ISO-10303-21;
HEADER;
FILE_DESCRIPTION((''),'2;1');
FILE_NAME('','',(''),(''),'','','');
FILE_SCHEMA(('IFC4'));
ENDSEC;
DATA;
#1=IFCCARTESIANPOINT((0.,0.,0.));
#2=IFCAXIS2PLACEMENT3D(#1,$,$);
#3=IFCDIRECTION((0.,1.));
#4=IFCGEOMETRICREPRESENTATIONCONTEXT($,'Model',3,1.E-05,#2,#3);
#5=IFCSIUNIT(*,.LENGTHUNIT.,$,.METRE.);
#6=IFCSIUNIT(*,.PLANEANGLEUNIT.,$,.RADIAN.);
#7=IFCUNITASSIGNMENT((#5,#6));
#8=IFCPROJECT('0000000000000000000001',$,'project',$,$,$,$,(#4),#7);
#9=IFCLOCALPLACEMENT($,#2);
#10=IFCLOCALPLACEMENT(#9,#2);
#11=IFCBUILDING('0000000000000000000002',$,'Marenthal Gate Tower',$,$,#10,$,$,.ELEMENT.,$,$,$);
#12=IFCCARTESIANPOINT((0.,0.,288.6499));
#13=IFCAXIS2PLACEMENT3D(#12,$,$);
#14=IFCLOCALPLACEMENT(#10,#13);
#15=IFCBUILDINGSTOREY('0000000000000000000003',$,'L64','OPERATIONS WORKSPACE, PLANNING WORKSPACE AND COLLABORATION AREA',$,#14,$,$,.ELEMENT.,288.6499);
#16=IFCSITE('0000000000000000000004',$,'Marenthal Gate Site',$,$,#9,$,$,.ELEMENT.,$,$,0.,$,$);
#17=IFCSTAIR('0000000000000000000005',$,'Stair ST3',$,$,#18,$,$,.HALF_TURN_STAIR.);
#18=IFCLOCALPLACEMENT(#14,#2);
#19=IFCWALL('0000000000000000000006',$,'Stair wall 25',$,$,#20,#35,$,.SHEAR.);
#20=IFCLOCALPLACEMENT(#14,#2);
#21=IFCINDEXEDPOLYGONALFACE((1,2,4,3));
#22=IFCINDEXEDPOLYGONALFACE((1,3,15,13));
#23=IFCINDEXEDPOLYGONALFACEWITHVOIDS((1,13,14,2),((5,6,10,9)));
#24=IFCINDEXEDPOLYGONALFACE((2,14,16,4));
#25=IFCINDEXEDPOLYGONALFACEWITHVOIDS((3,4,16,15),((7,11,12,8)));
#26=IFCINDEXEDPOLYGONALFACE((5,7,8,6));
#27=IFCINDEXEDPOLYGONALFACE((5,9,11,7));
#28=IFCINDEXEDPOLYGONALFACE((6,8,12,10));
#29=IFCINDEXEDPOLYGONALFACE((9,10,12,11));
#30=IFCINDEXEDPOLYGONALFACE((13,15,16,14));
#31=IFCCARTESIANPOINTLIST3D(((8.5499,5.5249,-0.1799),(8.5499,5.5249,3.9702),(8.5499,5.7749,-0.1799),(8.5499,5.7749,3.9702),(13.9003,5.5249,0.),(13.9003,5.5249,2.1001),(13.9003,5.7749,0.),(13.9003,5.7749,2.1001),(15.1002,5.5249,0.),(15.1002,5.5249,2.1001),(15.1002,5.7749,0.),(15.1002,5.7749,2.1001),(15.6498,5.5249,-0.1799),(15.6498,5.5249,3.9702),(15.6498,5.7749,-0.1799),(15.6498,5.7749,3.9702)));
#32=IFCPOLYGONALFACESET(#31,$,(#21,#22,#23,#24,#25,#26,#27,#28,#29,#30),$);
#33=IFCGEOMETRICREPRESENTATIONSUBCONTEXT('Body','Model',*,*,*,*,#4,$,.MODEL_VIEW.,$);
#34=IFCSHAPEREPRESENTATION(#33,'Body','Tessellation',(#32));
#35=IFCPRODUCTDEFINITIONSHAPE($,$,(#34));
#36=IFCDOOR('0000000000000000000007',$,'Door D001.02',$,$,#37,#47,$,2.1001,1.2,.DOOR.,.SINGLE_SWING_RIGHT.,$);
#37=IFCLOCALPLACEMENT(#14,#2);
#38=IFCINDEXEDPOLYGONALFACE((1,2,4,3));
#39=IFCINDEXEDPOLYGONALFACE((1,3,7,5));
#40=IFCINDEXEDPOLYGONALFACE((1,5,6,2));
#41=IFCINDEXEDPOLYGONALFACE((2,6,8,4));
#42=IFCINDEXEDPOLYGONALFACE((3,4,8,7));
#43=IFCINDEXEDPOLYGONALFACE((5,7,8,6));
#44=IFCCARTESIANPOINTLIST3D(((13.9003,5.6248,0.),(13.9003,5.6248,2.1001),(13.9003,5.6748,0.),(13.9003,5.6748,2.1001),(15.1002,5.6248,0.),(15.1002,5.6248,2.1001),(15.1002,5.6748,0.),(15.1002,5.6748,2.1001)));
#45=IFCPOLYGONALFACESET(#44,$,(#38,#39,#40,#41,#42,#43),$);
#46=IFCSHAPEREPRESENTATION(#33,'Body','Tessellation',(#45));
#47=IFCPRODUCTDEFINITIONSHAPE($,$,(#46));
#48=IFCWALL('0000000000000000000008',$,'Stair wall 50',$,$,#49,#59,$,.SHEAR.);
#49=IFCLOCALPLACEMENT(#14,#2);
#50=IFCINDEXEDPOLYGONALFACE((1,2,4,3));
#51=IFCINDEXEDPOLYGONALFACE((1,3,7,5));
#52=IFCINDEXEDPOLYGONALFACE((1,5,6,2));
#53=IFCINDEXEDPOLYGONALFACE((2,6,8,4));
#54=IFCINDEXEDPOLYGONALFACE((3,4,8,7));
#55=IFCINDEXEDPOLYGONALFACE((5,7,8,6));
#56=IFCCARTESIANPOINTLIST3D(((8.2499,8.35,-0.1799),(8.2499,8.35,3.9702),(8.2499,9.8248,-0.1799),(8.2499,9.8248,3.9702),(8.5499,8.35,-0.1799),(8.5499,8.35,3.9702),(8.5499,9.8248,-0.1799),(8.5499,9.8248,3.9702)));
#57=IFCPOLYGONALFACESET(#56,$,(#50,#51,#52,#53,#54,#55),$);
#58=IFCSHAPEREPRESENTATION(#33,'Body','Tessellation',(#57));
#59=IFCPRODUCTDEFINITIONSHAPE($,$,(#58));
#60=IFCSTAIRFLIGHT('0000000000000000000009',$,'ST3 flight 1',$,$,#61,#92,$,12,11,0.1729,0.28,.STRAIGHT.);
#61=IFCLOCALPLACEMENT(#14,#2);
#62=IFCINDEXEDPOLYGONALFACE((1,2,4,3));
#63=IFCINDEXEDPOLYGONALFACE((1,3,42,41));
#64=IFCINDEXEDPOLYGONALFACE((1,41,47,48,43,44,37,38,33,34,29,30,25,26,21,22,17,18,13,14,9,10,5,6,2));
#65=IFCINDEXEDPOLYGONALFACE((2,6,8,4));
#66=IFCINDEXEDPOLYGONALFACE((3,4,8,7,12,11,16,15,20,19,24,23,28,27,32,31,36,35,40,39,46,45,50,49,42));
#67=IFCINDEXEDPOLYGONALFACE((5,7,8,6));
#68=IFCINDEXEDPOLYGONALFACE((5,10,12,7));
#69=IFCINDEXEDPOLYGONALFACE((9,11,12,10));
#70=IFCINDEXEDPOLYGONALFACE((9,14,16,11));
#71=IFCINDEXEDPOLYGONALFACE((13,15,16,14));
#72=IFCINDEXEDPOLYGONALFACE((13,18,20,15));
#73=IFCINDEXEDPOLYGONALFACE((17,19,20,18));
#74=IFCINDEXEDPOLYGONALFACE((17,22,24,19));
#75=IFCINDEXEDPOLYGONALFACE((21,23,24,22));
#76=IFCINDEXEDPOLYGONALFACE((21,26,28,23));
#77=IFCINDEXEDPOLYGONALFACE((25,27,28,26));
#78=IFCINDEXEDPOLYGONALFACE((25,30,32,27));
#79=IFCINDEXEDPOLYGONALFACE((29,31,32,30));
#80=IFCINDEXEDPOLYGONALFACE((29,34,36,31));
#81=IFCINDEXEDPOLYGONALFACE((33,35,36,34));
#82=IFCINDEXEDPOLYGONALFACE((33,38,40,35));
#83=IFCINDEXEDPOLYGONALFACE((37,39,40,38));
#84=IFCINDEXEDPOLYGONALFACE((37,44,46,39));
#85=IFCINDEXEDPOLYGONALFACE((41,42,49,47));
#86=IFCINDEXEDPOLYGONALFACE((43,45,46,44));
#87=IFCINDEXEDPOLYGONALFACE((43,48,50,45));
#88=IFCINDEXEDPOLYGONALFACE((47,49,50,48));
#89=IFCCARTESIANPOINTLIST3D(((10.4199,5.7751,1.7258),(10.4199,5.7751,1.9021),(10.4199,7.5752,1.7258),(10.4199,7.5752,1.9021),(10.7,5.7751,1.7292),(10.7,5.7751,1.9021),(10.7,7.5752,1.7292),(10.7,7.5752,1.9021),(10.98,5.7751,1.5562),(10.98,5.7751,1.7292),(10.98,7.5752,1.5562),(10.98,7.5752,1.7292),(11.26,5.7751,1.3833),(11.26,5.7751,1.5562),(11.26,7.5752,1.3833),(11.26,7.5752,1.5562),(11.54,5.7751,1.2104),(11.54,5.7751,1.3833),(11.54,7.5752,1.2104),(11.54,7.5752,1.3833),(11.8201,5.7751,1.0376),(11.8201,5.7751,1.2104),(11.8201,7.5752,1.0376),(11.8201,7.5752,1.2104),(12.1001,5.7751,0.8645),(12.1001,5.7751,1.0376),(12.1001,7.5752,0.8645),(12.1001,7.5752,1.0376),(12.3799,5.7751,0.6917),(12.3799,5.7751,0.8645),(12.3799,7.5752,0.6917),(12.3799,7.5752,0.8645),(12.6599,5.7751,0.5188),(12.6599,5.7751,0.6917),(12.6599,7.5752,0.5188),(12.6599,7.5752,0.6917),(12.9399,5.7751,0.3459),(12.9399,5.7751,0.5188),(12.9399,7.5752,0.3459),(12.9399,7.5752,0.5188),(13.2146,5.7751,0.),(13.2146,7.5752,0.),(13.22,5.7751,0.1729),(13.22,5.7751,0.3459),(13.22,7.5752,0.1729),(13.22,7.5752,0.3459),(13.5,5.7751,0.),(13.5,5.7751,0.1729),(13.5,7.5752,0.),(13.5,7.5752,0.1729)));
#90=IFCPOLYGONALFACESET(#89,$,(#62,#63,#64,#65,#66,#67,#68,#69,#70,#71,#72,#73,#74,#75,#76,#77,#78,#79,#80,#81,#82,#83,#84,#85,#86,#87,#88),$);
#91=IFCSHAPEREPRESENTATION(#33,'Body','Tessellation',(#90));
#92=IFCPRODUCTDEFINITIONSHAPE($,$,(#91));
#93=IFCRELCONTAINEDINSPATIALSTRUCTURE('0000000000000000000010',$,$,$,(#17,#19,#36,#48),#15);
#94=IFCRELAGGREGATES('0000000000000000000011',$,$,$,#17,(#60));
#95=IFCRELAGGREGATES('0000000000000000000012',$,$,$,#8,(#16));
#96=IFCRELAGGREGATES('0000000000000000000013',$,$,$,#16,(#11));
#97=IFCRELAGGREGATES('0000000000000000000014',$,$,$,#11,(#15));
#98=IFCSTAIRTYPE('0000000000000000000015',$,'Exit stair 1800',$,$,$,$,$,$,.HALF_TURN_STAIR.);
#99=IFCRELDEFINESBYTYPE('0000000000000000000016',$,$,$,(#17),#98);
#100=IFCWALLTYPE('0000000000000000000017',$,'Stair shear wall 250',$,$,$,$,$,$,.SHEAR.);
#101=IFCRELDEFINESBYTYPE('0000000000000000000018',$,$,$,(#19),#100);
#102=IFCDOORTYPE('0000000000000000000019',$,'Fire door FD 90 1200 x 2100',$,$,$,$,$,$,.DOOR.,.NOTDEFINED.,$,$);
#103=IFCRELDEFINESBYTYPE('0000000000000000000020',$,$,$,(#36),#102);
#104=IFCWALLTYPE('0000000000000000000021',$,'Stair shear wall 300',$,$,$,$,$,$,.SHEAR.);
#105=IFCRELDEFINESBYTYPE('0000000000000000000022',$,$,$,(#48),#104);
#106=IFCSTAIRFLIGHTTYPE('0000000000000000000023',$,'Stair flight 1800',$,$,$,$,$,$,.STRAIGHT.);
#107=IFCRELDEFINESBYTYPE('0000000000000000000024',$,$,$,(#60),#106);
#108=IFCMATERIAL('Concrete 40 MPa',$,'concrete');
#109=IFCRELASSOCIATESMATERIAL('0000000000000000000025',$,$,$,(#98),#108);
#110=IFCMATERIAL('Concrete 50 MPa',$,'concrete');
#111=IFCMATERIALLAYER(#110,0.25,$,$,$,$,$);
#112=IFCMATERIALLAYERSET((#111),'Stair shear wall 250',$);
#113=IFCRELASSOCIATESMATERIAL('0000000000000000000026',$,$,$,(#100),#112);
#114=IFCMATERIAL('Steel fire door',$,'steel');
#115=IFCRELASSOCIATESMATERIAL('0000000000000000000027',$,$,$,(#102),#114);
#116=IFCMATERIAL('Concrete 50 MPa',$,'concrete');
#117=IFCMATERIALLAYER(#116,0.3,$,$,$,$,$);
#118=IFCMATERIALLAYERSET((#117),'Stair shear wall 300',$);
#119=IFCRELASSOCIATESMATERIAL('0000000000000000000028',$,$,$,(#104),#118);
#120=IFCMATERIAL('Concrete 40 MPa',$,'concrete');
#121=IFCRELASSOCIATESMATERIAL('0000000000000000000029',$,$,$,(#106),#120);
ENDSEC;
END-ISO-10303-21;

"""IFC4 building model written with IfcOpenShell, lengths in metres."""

from ifc_helpers import new_model, si_unit, direction, frame, frame_2d, origin, place, context, subcontext, project, spatial, polyline, rectangle, outline, extrude, material, layer, layer_set, type_object, element, fill, aggregate, save


model = new_model("IFC4")

# Units and contexts
model_context = context("Model", 3, precision=1e-05, world=origin(), true_north=direction((0.0, 1.0)))
body_context = subcontext(model_context, "Body", "Model", "MODEL_VIEW")
ifc_project = project(units=[si_unit("LENGTHUNIT", "METRE"), si_unit("PLANEANGLEUNIT", "RADIAN")], contexts=[model_context])

# Site, building, storey
site_placement = place(None, origin())
site = spatial("IfcSite", under=ifc_project, at=site_placement, Name="Marenthal Gate Site", CompositionType="ELEMENT", RefElevation=0.0)
building_placement = place(site_placement, origin())
building = spatial("IfcBuilding", under=site, at=building_placement, Name="Marenthal Gate Tower", CompositionType="ELEMENT")
storey_placement = place(building_placement, frame((0.0, 0.0, 288.6499)))
storey = spatial("IfcBuildingStorey", under=building, at=storey_placement, Name="L64", Description="OPERATIONS WORKSPACE, PLANNING WORKSPACE AND COLLABORATION AREA", CompositionType="ELEMENT", Elevation=288.6499)

# Stair
ifc_material_1 = material(Name="Concrete 40 MPa", Category="concrete")
stair_type = type_object("IfcStairType", Name="Exit stair 1800", PredefinedType="HALF_TURN_STAIR", material=ifc_material_1)
stair_1_placement = place(storey_placement, origin())
stair_1 = element("IfcStair", 1, at=stair_1_placement, inside=storey, type_object=stair_type, Name="Stair ST3", PredefinedType="HALF_TURN_STAIR")

# Wall, opening, door
ifc_material_2 = material(Name="Concrete 50 MPa", Category="concrete")
ifc_layer_1 = layer(ifc_material_2, 0.25)
ifc_layer_set_1 = layer_set([ifc_layer_1], Name="Stair shear wall 250")
wall_type_1 = type_object("IfcWallType", Name="Stair shear wall 250", PredefinedType="SHEAR", material=ifc_layer_set_1)
wall_1_placement = place(storey_placement, frame((8.55, 5.6499, -0.1799), z_axis=(0.0, 0.0, 1.0), x_axis=(1.0, 0.0, 0.0)))
wall_1 = element("IfcWall", 2, at=wall_1_placement, inside=storey, type_object=wall_type_1, Name="Stair wall 25", PredefinedType="SHEAR", context=body_context, shape_type="SweptSolid", body=[
    extrude(rectangle(XDim=7.0999, YDim=0.25, at=frame_2d((3.5498, 0.0))), origin(), (0.0, 0.0, 1.0), 4.1501),
])
opening_placement = place(wall_1_placement, frame((5.3501, 0.0, 0.1799)))
opening = element("IfcOpeningElement", 3, at=opening_placement, cuts=wall_1, PredefinedType="OPENING", context=body_context, shape_type="SweptSolid", body=[
    extrude(rectangle(XDim=1.2, YDim=2.1001, at=frame_2d((0.6001, 1.05))), frame((0.0, 0.135, 0.0), z_axis=(0.0, -1.0, 0.0), x_axis=(1.0, 0.0, 0.0)), (0.0, 0.0, 1.0), 0.27),
])
ifc_material_3 = material(Name="Steel fire door", Category="steel")
door_type = type_object("IfcDoorType", Name="Fire door FD 90 1200 x 2100", OperationType="NOTDEFINED", PredefinedType="DOOR", material=ifc_material_3)
door_placement = place(opening_placement, origin())
door = element("IfcDoor", 4, at=door_placement, inside=storey, type_object=door_type, Name="Door D001.02", OperationType="SINGLE_SWING_RIGHT", OverallHeight=2.1001, OverallWidth=1.2, PredefinedType="DOOR", context=body_context, shape_type="SweptSolid", body=[
    extrude(rectangle(XDim=1.2, YDim=2.1001, at=frame_2d((0.6001, 1.05))), frame((0.0, 0.0249, 0.0), z_axis=(0.0, -1.0, 0.0), x_axis=(1.0, 0.0, 0.0)), (0.0, 0.0, 1.0), 0.05),
])
fill(opening, door)

# Wall
ifc_material_4 = material(Name="Concrete 50 MPa", Category="concrete")
ifc_layer_2 = layer(ifc_material_4, 0.3)
ifc_layer_set_2 = layer_set([ifc_layer_2], Name="Stair shear wall 300")
wall_type_2 = type_object("IfcWallType", Name="Stair shear wall 300", PredefinedType="SHEAR", material=ifc_layer_set_2)
wall_2_placement = place(storey_placement, frame((8.3999, 8.3501, -0.1799), z_axis=(0.0, 0.0, 1.0), x_axis=(0.0, 1.0, 0.0)))
element("IfcWall", 5, at=wall_2_placement, inside=storey, type_object=wall_type_2, Name="Stair wall 50", PredefinedType="SHEAR", context=body_context, shape_type="SweptSolid", body=[
    extrude(rectangle(XDim=1.4749, YDim=0.3, at=frame_2d((0.7373, 0.0))), origin(), (0.0, 0.0, 1.0), 4.1501),
])

# Stair flight
ifc_material_5 = material(Name="Concrete 40 MPa", Category="concrete")
stair_flight_type = type_object("IfcStairFlightType", Name="Stair flight 1800", PredefinedType="STRAIGHT", material=ifc_material_5)
stair_flight_placement = place(storey_placement, frame((13.5, 6.675, 0.0), z_axis=(0.0, 0.0, 1.0), x_axis=(-1.0, 0.0, 0.0)))
stair_flight = element("IfcStairFlight", 6, at=stair_flight_placement, type_object=stair_flight_type, Name="ST3 flight 1", NumberOfRisers=12, NumberOfTreads=11, PredefinedType="STRAIGHT", RiserHeight=0.1729, TreadLength=0.28, context=body_context, shape_type="SweptSolid", body=[
    extrude(outline(polyline([(0.0, 0.0), (0.0, 0.1729), (0.28, 0.1729), (0.28, 0.3459), (0.5601, 0.3459), (0.5601, 0.5188), (0.8401, 0.5188), (0.8401, 0.6917), (1.1201, 0.6917), (1.1201, 0.8645), (1.3999, 0.8645), (1.3999, 1.0376), (1.6799, 1.0376), (1.6799, 1.2104), (1.96, 1.2104), (1.96, 1.3833), (2.24, 1.3833), (2.24, 1.5562), (2.52, 1.5562), (2.52, 1.7292), (2.8, 1.7292), (2.8, 1.9021), (3.0801, 1.9021), (3.0801, 2.075), (3.0801, 1.7258), (0.2854, 0.0), (0.0, 0.0)])), frame((0.0, 0.8999, 0.0), z_axis=(0.0, -1.0, 0.0), x_axis=(1.0, 0.0, 0.0)), (0.0, 0.0, 1.0), 1.8),
])
aggregate(stair_1, [stair_flight])

save(model, "model.ifc")
